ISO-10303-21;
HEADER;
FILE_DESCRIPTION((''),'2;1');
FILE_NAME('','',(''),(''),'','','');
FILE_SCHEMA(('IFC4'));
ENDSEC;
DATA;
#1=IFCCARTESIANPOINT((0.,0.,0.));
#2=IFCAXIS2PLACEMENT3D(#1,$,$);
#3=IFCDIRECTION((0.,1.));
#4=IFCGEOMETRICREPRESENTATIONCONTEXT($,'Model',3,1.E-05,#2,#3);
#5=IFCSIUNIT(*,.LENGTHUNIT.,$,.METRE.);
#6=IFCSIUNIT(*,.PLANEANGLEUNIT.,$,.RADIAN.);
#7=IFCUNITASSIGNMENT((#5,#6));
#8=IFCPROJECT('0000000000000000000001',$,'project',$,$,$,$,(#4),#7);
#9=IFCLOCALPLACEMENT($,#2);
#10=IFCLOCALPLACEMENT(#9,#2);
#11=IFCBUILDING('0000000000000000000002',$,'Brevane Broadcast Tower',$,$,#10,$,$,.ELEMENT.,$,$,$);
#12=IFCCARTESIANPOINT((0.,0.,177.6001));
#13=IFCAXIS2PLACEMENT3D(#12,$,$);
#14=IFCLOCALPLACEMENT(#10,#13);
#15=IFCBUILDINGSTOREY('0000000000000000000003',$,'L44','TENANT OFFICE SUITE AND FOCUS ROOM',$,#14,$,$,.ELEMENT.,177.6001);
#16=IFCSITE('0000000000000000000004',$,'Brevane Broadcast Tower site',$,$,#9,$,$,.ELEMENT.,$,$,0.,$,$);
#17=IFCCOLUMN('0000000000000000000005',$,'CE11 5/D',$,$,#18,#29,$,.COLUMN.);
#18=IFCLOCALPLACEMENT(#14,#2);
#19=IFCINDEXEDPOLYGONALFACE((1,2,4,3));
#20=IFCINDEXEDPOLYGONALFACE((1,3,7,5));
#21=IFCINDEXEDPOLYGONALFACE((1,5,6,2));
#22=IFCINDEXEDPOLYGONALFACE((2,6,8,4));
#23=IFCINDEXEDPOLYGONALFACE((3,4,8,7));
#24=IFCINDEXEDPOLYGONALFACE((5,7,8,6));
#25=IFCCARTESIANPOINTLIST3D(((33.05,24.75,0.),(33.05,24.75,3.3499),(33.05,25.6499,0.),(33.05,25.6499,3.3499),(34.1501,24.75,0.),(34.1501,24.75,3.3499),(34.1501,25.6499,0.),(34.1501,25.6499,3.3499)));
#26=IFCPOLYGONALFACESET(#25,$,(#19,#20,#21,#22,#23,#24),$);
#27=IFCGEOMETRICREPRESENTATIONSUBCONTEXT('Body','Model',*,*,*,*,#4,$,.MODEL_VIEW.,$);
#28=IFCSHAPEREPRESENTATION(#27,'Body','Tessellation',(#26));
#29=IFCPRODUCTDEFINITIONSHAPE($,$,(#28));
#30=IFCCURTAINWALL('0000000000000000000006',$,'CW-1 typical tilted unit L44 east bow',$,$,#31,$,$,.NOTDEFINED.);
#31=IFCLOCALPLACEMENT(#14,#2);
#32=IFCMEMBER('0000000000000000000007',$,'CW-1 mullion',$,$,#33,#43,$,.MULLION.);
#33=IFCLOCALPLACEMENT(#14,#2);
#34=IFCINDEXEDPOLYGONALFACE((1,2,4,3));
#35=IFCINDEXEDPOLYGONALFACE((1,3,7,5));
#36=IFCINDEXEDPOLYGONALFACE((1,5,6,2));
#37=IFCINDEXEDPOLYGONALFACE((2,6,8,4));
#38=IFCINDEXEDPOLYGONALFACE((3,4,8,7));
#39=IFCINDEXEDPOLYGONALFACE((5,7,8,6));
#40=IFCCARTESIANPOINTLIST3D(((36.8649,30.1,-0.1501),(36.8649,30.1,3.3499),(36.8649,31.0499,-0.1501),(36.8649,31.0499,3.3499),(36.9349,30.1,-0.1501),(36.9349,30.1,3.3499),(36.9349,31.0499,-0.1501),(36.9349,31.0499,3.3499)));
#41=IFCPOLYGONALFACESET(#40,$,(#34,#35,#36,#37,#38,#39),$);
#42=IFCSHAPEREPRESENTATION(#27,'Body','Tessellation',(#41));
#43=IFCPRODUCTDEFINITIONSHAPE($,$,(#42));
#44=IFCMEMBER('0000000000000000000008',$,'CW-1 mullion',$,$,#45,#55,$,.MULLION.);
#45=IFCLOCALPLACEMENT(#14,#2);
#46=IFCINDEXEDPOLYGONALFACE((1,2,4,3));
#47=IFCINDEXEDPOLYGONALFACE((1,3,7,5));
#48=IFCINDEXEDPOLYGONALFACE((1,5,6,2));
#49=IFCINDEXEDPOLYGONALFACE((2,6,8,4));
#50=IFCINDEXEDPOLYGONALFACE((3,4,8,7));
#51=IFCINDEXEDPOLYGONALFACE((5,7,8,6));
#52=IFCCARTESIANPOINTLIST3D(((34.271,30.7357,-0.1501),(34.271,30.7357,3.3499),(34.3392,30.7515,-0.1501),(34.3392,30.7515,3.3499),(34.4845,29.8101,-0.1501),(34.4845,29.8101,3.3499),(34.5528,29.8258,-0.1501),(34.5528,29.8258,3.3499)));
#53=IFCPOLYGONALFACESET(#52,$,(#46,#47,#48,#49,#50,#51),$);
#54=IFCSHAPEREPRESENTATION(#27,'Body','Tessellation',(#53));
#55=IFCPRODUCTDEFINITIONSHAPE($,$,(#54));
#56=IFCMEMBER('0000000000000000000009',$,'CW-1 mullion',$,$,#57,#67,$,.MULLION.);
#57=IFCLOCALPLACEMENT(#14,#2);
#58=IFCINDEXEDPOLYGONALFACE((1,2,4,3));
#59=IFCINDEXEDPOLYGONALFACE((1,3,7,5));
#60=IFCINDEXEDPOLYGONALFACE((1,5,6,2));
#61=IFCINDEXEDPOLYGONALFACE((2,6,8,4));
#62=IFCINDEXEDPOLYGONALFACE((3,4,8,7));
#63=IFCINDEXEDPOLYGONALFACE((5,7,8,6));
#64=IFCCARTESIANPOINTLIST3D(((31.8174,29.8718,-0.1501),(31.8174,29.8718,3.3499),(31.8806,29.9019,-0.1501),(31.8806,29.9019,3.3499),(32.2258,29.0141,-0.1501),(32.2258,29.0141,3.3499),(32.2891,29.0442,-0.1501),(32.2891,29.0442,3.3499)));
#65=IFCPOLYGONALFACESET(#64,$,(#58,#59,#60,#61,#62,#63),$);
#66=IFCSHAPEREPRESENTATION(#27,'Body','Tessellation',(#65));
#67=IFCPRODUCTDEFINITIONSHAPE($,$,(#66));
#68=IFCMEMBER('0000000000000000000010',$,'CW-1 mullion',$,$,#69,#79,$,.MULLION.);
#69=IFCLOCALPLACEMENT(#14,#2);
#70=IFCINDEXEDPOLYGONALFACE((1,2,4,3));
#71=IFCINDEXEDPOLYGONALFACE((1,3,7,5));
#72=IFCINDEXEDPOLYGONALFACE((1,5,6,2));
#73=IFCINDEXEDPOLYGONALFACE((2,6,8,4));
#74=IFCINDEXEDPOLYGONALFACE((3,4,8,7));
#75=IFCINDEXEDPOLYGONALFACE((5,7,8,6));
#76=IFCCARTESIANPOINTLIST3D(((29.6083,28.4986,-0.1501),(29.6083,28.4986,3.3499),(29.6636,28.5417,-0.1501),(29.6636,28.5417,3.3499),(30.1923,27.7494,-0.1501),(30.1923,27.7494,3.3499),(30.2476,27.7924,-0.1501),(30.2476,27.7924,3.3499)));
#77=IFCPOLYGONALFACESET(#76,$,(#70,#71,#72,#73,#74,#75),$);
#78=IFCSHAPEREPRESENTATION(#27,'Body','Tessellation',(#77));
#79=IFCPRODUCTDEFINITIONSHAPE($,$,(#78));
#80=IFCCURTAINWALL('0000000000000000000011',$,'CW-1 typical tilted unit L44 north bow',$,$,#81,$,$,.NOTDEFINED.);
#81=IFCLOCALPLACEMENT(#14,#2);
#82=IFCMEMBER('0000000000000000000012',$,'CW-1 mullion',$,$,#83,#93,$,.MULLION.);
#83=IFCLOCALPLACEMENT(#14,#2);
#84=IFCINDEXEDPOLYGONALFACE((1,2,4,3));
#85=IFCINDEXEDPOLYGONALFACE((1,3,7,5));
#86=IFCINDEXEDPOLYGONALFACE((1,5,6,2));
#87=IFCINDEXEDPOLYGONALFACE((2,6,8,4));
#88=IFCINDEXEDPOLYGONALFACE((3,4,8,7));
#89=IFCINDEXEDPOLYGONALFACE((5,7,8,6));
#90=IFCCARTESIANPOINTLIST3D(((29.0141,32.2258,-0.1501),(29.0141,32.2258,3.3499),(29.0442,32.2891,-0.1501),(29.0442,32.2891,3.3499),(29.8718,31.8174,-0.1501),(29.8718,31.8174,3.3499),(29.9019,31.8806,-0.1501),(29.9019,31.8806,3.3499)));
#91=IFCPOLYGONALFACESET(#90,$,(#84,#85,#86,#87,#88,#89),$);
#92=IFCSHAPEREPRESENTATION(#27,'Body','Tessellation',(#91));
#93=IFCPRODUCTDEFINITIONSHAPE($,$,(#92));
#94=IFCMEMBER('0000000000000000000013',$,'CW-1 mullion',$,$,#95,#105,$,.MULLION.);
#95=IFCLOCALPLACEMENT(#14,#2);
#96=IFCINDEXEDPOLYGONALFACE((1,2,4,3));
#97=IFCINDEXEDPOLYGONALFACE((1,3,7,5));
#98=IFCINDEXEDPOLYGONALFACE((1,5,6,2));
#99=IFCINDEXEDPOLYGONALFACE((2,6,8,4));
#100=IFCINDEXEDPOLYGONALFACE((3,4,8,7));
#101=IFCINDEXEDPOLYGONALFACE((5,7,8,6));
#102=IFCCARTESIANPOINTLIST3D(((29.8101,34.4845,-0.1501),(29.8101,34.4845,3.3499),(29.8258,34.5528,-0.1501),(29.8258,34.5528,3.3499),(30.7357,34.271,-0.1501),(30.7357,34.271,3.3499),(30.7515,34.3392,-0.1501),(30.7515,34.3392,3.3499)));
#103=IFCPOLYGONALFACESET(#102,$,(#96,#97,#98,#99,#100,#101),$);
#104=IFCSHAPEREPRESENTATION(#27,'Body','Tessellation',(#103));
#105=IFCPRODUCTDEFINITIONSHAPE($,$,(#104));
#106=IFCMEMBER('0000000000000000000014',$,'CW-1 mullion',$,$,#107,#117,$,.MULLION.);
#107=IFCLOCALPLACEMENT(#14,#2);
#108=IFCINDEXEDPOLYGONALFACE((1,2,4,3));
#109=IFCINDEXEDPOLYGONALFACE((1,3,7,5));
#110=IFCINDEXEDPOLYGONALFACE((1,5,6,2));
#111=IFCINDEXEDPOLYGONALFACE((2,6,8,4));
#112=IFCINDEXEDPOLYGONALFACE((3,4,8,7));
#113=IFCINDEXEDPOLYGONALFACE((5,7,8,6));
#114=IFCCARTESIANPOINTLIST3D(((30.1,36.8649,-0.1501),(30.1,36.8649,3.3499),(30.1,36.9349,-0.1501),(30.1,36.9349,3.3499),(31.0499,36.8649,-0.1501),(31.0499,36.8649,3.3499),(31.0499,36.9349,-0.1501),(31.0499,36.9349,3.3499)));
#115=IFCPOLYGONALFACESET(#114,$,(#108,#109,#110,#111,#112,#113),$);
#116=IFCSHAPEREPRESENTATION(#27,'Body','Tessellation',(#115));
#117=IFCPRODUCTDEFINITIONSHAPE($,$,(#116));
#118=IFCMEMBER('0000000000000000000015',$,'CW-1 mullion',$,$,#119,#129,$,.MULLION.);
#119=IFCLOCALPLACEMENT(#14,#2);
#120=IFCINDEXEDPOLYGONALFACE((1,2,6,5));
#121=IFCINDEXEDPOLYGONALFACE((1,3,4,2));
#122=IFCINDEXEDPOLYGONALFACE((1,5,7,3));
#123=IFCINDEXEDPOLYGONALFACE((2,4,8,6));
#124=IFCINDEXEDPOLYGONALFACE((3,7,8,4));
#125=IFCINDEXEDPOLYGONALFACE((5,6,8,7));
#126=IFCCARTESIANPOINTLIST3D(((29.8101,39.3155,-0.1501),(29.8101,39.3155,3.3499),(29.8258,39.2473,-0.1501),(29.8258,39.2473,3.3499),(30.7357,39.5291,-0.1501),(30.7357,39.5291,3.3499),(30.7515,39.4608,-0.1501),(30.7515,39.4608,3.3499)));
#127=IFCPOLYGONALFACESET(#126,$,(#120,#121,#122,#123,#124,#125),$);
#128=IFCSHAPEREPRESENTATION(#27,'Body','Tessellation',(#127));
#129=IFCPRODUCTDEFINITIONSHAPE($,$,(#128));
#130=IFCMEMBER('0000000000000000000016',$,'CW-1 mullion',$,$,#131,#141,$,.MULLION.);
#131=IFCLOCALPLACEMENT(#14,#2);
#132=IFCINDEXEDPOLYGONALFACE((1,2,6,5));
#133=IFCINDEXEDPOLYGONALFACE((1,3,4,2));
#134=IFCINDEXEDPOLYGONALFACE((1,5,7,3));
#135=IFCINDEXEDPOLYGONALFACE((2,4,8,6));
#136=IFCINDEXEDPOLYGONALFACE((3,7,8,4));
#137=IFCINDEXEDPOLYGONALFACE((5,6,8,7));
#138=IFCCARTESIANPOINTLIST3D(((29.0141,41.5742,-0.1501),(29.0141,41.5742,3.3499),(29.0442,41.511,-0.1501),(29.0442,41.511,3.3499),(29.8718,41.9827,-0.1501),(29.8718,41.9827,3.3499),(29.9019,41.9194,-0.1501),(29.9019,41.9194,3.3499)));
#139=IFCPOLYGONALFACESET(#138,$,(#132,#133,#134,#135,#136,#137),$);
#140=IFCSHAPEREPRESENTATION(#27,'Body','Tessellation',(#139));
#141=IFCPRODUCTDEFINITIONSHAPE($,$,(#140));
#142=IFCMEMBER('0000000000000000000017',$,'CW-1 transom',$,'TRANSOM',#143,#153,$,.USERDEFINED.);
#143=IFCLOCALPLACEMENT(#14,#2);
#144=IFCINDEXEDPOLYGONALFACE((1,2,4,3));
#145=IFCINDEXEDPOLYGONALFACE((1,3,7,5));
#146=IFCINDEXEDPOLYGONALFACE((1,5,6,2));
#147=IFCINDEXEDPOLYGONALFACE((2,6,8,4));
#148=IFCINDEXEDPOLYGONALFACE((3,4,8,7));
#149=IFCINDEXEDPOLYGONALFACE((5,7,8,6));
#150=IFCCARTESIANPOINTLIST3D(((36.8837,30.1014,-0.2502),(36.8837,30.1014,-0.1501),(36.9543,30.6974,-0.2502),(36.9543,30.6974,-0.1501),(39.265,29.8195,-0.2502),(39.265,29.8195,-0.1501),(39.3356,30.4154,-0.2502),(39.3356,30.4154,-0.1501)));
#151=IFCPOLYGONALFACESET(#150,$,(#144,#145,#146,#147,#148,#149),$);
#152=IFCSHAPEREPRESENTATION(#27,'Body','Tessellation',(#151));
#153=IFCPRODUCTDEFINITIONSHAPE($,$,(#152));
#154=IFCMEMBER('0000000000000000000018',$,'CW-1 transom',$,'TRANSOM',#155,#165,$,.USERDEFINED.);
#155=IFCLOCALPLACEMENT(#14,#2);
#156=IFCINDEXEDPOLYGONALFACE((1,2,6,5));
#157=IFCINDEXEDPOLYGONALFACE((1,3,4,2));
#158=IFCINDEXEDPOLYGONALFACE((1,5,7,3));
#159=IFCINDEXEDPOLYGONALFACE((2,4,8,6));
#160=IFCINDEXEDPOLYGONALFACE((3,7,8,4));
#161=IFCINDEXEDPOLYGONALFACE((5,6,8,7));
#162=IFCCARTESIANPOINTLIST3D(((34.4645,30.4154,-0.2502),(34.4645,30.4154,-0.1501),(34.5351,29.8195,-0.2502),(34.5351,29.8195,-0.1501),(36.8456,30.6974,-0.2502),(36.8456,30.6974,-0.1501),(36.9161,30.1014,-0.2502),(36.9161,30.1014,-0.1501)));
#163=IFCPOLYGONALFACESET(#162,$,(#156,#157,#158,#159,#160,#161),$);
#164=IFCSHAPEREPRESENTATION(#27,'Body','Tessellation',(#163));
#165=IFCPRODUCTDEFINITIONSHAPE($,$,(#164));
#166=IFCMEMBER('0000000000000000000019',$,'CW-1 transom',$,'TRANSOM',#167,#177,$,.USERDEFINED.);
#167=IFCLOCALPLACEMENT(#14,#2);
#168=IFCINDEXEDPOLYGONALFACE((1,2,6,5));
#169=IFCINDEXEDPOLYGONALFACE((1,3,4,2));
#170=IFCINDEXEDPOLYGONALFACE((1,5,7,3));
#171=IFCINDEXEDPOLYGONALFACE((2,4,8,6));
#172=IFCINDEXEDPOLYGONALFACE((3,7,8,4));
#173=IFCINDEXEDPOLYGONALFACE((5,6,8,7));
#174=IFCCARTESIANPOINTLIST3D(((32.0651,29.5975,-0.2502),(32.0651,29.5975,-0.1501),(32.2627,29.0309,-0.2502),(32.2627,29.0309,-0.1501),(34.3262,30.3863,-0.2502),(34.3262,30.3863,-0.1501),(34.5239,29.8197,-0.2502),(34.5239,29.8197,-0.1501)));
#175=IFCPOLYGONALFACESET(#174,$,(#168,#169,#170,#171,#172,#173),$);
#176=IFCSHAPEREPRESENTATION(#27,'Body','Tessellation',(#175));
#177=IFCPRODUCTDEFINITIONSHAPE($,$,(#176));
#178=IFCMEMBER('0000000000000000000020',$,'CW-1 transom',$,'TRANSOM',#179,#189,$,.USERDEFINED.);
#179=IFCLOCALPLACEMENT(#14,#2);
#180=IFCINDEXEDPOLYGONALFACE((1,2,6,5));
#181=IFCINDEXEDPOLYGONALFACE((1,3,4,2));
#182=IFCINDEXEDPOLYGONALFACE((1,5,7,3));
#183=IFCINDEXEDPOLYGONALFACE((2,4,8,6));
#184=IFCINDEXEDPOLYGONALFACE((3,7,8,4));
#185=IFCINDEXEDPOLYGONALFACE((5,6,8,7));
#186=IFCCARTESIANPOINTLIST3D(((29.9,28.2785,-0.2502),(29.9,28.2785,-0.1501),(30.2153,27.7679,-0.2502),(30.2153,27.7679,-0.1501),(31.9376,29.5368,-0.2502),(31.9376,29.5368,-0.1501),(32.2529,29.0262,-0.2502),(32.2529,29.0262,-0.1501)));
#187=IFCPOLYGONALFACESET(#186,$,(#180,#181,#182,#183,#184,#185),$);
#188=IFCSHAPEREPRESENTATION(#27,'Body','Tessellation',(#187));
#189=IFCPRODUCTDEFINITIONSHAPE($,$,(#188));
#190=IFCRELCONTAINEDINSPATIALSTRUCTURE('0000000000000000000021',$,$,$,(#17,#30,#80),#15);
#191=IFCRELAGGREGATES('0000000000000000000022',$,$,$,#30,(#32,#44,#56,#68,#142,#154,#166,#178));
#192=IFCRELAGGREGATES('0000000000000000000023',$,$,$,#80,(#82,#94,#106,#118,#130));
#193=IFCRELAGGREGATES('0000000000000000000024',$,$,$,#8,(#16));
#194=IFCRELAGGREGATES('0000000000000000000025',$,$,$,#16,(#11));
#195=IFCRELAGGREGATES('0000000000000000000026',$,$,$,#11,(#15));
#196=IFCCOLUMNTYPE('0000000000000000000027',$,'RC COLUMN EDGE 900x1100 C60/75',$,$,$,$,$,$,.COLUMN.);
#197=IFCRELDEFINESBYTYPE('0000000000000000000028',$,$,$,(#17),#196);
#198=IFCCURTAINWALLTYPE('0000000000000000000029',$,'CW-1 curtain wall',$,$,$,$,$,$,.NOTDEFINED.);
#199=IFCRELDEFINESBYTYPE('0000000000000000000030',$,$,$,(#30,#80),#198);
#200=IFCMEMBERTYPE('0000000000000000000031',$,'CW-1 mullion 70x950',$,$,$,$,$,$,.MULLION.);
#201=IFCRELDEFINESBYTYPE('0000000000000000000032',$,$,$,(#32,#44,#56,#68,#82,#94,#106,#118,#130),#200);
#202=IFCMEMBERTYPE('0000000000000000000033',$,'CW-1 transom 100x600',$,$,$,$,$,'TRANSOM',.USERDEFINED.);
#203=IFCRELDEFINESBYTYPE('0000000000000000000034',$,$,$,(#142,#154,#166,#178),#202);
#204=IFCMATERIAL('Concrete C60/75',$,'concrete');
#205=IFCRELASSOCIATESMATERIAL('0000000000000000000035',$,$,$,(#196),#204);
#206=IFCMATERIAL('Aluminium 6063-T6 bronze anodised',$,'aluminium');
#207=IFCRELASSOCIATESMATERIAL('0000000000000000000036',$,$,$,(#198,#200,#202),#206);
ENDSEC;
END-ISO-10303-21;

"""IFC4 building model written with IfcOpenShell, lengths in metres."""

from ifc_helpers import new_model, si_unit, direction, frame, origin, origin_2d, place, context, subcontext, project, spatial, rectangle, extrude, material, material_profile, profile_set, type_object, element, aggregate, save


model = new_model("IFC4")

# Units and contexts
model_context = context("Model", 3, precision=1e-05, world=origin(), true_north=direction((0.0, 1.0)))
body_context = subcontext(model_context, "Body", "Model", "MODEL_VIEW")
ifc_project = project(units=[si_unit("LENGTHUNIT", "METRE"), si_unit("PLANEANGLEUNIT", "RADIAN")], contexts=[model_context])

# Site, building, storey
site_placement = place(None, origin())
site = spatial("IfcSite", under=ifc_project, at=site_placement, Name="Brevane Broadcast Tower site", CompositionType="ELEMENT", RefElevation=0.0)
building_placement = place(site_placement, origin())
building = spatial("IfcBuilding", under=site, at=building_placement, Name="Brevane Broadcast Tower", CompositionType="ELEMENT")
storey_placement = place(building_placement, frame((0.0, 0.0, 177.6001)))
storey = spatial("IfcBuildingStorey", under=building, at=storey_placement, Name="L44", Description="TENANT OFFICE SUITE AND FOCUS ROOM", CompositionType="ELEMENT", Elevation=177.6001)

# Column
ifc_material_1 = material(Name="Concrete C60/75", Category="concrete")
ifc_material_profile_1 = material_profile(ifc_material_1, rectangle(XDim=0.8999, YDim=1.1001, at=origin_2d()), Name="RC 900x1100")
ifc_profile_set_1 = profile_set([ifc_material_profile_1], Name="Concrete C60/75")
column_type = type_object("IfcColumnType", Name="RC COLUMN EDGE 900x1100 C60/75", PredefinedType="COLUMN", material=ifc_profile_set_1)
column_placement = place(storey_placement, frame((33.6001, 25.2, 0.0), z_axis=(0.0, 0.0, 1.0), x_axis=(0.0, 1.0, 0.0)))
element("IfcColumn", 1, at=column_placement, inside=storey, type_object=column_type, Name="CE11 5/D", PredefinedType="COLUMN", context=body_context, shape_type="SweptSolid", body=[
    extrude(rectangle(XDim=0.8999, YDim=1.1001, at=origin_2d()), origin(), (0.0, 0.0, 1.0), 3.3499),
])

# Curtain walls, members
ifc_material_2 = material(Name="Aluminium 6063-T6 bronze anodised", Category="aluminium")
curtain_wall_type = type_object("IfcCurtainWallType", Name="CW-1 curtain wall", PredefinedType="NOTDEFINED", material=ifc_material_2)
curtain_wall_1_placement = place(storey_placement, origin())
curtain_wall_1 = element("IfcCurtainWall", 2, at=curtain_wall_1_placement, inside=storey, type_object=curtain_wall_type, Name="CW-1 typical tilted unit L44 east bow", PredefinedType="NOTDEFINED")
ifc_material_profile_2 = material_profile(ifc_material_2, rectangle(XDim=0.95, YDim=0.0701, at=origin_2d()), Name="RECT 70x950")
ifc_profile_set_2 = profile_set([ifc_material_profile_2], Name="Aluminium 6063-T6 bronze anodised")
member_type_1 = type_object("IfcMemberType", Name="CW-1 mullion 70x950", PredefinedType="MULLION", material=ifc_profile_set_2)
member_1_placement = place(storey_placement, frame((36.8999, 30.575, -0.1501), z_axis=(0.0, 0.0, 1.0), x_axis=(0.0, -1.0, 0.0)))
member_1 = element("IfcMember", 3, at=member_1_placement, type_object=member_type_1, Name="CW-1 mullion", PredefinedType="MULLION", context=body_context, shape_type="SweptSolid", body=[
    extrude(rectangle(XDim=0.95, YDim=0.0701, at=origin_2d()), origin(), (0.0, 0.0, 1.0), 3.5),
])
member_2_placement = place(storey_placement, frame((34.4119, 30.2808, -0.1501), z_axis=(0.0, 0.0, 1.0), x_axis=(0.224807, -0.974403, 0.0)))
member_2 = element("IfcMember", 4, at=member_2_placement, type_object=member_type_1, Name="CW-1 mullion", PredefinedType="MULLION", context=body_context, shape_type="SweptSolid", body=[
    extrude(rectangle(XDim=0.95, YDim=0.0701, at=origin_2d()), origin(), (0.0, 0.0, 1.0), 3.5),
])
member_3_placement = place(storey_placement, frame((32.0532, 29.458, -0.1501), z_axis=(0.0, 0.0, 1.0), x_axis=(0.429934, -0.902861, 0.0)))
member_3 = element("IfcMember", 5, at=member_3_placement, type_object=member_type_1, Name="CW-1 mullion", PredefinedType="MULLION", context=body_context, shape_type="SweptSolid", body=[
    extrude(rectangle(XDim=0.95, YDim=0.0701, at=origin_2d()), origin(), (0.0, 0.0, 1.0), 3.5),
])
member_4_placement = place(storey_placement, frame((29.928, 28.1455, -0.1501), z_axis=(0.0, 0.0, 1.0), x_axis=(0.61477, -0.788707, 0.0)))
member_4 = element("IfcMember", 6, at=member_4_placement, type_object=member_type_1, Name="CW-1 mullion", PredefinedType="MULLION", context=body_context, shape_type="SweptSolid", body=[
    extrude(rectangle(XDim=0.95, YDim=0.0701, at=origin_2d()), origin(), (0.0, 0.0, 1.0), 3.5),
])
curtain_wall_2_placement = place(storey_placement, origin())
curtain_wall_2 = element("IfcCurtainWall", 7, at=curtain_wall_2_placement, inside=storey, type_object=curtain_wall_type, Name="CW-1 typical tilted unit L44 north bow", PredefinedType="NOTDEFINED")
member_5_placement = place(storey_placement, frame((29.458, 32.0532, -0.1501), z_axis=(0.0, 0.0, 1.0), x_axis=(-0.902861, 0.429934, 0.0)))
member_5 = element("IfcMember", 8, at=member_5_placement, type_object=member_type_1, Name="CW-1 mullion", PredefinedType="MULLION", context=body_context, shape_type="SweptSolid", body=[
    extrude(rectangle(XDim=0.95, YDim=0.0701, at=origin_2d()), origin(), (0.0, 0.0, 1.0), 3.5),
])
member_6_placement = place(storey_placement, frame((30.2808, 34.4119, -0.1501), z_axis=(0.0, 0.0, 1.0), x_axis=(-0.974403, 0.224807, 0.0)))
member_6 = element("IfcMember", 9, at=member_6_placement, type_object=member_type_1, Name="CW-1 mullion", PredefinedType="MULLION", context=body_context, shape_type="SweptSolid", body=[
    extrude(rectangle(XDim=0.95, YDim=0.0701, at=origin_2d()), origin(), (0.0, 0.0, 1.0), 3.5),
])
member_7_placement = place(storey_placement, frame((30.575, 36.8999, -0.1501), z_axis=(0.0, 0.0, 1.0), x_axis=(-1.0, 0.0, 0.0)))
member_7 = element("IfcMember", 10, at=member_7_placement, type_object=member_type_1, Name="CW-1 mullion", PredefinedType="MULLION", context=body_context, shape_type="SweptSolid", body=[
    extrude(rectangle(XDim=0.95, YDim=0.0701, at=origin_2d()), origin(), (0.0, 0.0, 1.0), 3.5),
])
member_8_placement = place(storey_placement, frame((30.2808, 39.3882, -0.1501), z_axis=(0.0, 0.0, 1.0), x_axis=(-0.974403, -0.224807, 0.0)))
member_8 = element("IfcMember", 11, at=member_8_placement, type_object=member_type_1, Name="CW-1 mullion", PredefinedType="MULLION", context=body_context, shape_type="SweptSolid", body=[
    extrude(rectangle(XDim=0.95, YDim=0.0701, at=origin_2d()), origin(), (0.0, 0.0, 1.0), 3.5),
])
member_9_placement = place(storey_placement, frame((29.458, 41.7468, -0.1501), z_axis=(0.0, 0.0, 1.0), x_axis=(-0.902861, -0.429934, 0.0)))
member_9 = element("IfcMember", 12, at=member_9_placement, type_object=member_type_1, Name="CW-1 mullion", PredefinedType="MULLION", context=body_context, shape_type="SweptSolid", body=[
    extrude(rectangle(XDim=0.95, YDim=0.0701, at=origin_2d()), origin(), (0.0, 0.0, 1.0), 3.5),
])

# Members
ifc_material_profile_3 = material_profile(ifc_material_2, rectangle(XDim=0.6001, YDim=0.1001, at=origin_2d()), Name="RECT 100x600")
ifc_profile_set_3 = profile_set([ifc_material_profile_3], Name="Aluminium 6063-T6 bronze anodised")
member_type_2 = type_object("IfcMemberType", Name="CW-1 transom 100x600", ElementType="TRANSOM", PredefinedType="USERDEFINED", material=ifc_profile_set_3)
member_10_placement = place(storey_placement, frame((39.3003, 30.1174, -0.2002), z_axis=(-0.993062, 0.117591, 0.0), x_axis=(-0.117591, -0.993062, 0.0)))
member_10 = element("IfcMember", 13, at=member_10_placement, type_object=member_type_2, Name="CW-1 transom", ObjectType="TRANSOM", PredefinedType="USERDEFINED", context=body_context, shape_type="SweptSolid", body=[
    extrude(rectangle(XDim=0.6001, YDim=0.1001, at=origin_2d()), origin(), (0.0, 0.0, 1.0), 2.3979),
])
member_11_placement = place(storey_placement, frame((36.8809, 30.3994, -0.2002), z_axis=(-0.993061, -0.117603, 0.0), x_axis=(0.117603, -0.993061, 0.0)))
member_11 = element("IfcMember", 14, at=member_11_placement, type_object=member_type_2, Name="CW-1 transom", ObjectType="TRANSOM", PredefinedType="USERDEFINED", context=body_context, shape_type="SweptSolid", body=[
    extrude(rectangle(XDim=0.6001, YDim=0.1001, at=origin_2d()), origin(), (0.0, 0.0, 1.0), 2.3977),
])
member_12_placement = place(storey_placement, frame((34.425, 30.103, -0.2002), z_axis=(-0.944198, -0.329378, 0.0), x_axis=(0.329378, -0.944198, 0.0)))
member_12 = element("IfcMember", 15, at=member_12_placement, type_object=member_type_2, Name="CW-1 transom", ObjectType="TRANSOM", PredefinedType="USERDEFINED", context=body_context, shape_type="SweptSolid", body=[
    extrude(rectangle(XDim=0.6001, YDim=0.1001, at=origin_2d()), origin(), (0.0, 0.0, 1.0), 2.3948),
])
member_13_placement = place(storey_placement, frame((32.0952, 29.2815, -0.2002), z_axis=(-0.850838, -0.525428, 0.0), x_axis=(0.525428, -0.850838, 0.0)))
member_13 = element("IfcMember", 16, at=member_13_placement, type_object=member_type_2, Name="CW-1 transom", ObjectType="TRANSOM", PredefinedType="USERDEFINED", context=body_context, shape_type="SweptSolid", body=[
    extrude(rectangle(XDim=0.6001, YDim=0.1001, at=origin_2d()), origin(), (0.0, 0.0, 1.0), 2.3948),
])
aggregate(curtain_wall_1, [member_1, member_2, member_3, member_4, member_10, member_11, member_12, member_13])
aggregate(curtain_wall_2, [member_5, member_6, member_7, member_8, member_9])

save(model, "model.ifc")
